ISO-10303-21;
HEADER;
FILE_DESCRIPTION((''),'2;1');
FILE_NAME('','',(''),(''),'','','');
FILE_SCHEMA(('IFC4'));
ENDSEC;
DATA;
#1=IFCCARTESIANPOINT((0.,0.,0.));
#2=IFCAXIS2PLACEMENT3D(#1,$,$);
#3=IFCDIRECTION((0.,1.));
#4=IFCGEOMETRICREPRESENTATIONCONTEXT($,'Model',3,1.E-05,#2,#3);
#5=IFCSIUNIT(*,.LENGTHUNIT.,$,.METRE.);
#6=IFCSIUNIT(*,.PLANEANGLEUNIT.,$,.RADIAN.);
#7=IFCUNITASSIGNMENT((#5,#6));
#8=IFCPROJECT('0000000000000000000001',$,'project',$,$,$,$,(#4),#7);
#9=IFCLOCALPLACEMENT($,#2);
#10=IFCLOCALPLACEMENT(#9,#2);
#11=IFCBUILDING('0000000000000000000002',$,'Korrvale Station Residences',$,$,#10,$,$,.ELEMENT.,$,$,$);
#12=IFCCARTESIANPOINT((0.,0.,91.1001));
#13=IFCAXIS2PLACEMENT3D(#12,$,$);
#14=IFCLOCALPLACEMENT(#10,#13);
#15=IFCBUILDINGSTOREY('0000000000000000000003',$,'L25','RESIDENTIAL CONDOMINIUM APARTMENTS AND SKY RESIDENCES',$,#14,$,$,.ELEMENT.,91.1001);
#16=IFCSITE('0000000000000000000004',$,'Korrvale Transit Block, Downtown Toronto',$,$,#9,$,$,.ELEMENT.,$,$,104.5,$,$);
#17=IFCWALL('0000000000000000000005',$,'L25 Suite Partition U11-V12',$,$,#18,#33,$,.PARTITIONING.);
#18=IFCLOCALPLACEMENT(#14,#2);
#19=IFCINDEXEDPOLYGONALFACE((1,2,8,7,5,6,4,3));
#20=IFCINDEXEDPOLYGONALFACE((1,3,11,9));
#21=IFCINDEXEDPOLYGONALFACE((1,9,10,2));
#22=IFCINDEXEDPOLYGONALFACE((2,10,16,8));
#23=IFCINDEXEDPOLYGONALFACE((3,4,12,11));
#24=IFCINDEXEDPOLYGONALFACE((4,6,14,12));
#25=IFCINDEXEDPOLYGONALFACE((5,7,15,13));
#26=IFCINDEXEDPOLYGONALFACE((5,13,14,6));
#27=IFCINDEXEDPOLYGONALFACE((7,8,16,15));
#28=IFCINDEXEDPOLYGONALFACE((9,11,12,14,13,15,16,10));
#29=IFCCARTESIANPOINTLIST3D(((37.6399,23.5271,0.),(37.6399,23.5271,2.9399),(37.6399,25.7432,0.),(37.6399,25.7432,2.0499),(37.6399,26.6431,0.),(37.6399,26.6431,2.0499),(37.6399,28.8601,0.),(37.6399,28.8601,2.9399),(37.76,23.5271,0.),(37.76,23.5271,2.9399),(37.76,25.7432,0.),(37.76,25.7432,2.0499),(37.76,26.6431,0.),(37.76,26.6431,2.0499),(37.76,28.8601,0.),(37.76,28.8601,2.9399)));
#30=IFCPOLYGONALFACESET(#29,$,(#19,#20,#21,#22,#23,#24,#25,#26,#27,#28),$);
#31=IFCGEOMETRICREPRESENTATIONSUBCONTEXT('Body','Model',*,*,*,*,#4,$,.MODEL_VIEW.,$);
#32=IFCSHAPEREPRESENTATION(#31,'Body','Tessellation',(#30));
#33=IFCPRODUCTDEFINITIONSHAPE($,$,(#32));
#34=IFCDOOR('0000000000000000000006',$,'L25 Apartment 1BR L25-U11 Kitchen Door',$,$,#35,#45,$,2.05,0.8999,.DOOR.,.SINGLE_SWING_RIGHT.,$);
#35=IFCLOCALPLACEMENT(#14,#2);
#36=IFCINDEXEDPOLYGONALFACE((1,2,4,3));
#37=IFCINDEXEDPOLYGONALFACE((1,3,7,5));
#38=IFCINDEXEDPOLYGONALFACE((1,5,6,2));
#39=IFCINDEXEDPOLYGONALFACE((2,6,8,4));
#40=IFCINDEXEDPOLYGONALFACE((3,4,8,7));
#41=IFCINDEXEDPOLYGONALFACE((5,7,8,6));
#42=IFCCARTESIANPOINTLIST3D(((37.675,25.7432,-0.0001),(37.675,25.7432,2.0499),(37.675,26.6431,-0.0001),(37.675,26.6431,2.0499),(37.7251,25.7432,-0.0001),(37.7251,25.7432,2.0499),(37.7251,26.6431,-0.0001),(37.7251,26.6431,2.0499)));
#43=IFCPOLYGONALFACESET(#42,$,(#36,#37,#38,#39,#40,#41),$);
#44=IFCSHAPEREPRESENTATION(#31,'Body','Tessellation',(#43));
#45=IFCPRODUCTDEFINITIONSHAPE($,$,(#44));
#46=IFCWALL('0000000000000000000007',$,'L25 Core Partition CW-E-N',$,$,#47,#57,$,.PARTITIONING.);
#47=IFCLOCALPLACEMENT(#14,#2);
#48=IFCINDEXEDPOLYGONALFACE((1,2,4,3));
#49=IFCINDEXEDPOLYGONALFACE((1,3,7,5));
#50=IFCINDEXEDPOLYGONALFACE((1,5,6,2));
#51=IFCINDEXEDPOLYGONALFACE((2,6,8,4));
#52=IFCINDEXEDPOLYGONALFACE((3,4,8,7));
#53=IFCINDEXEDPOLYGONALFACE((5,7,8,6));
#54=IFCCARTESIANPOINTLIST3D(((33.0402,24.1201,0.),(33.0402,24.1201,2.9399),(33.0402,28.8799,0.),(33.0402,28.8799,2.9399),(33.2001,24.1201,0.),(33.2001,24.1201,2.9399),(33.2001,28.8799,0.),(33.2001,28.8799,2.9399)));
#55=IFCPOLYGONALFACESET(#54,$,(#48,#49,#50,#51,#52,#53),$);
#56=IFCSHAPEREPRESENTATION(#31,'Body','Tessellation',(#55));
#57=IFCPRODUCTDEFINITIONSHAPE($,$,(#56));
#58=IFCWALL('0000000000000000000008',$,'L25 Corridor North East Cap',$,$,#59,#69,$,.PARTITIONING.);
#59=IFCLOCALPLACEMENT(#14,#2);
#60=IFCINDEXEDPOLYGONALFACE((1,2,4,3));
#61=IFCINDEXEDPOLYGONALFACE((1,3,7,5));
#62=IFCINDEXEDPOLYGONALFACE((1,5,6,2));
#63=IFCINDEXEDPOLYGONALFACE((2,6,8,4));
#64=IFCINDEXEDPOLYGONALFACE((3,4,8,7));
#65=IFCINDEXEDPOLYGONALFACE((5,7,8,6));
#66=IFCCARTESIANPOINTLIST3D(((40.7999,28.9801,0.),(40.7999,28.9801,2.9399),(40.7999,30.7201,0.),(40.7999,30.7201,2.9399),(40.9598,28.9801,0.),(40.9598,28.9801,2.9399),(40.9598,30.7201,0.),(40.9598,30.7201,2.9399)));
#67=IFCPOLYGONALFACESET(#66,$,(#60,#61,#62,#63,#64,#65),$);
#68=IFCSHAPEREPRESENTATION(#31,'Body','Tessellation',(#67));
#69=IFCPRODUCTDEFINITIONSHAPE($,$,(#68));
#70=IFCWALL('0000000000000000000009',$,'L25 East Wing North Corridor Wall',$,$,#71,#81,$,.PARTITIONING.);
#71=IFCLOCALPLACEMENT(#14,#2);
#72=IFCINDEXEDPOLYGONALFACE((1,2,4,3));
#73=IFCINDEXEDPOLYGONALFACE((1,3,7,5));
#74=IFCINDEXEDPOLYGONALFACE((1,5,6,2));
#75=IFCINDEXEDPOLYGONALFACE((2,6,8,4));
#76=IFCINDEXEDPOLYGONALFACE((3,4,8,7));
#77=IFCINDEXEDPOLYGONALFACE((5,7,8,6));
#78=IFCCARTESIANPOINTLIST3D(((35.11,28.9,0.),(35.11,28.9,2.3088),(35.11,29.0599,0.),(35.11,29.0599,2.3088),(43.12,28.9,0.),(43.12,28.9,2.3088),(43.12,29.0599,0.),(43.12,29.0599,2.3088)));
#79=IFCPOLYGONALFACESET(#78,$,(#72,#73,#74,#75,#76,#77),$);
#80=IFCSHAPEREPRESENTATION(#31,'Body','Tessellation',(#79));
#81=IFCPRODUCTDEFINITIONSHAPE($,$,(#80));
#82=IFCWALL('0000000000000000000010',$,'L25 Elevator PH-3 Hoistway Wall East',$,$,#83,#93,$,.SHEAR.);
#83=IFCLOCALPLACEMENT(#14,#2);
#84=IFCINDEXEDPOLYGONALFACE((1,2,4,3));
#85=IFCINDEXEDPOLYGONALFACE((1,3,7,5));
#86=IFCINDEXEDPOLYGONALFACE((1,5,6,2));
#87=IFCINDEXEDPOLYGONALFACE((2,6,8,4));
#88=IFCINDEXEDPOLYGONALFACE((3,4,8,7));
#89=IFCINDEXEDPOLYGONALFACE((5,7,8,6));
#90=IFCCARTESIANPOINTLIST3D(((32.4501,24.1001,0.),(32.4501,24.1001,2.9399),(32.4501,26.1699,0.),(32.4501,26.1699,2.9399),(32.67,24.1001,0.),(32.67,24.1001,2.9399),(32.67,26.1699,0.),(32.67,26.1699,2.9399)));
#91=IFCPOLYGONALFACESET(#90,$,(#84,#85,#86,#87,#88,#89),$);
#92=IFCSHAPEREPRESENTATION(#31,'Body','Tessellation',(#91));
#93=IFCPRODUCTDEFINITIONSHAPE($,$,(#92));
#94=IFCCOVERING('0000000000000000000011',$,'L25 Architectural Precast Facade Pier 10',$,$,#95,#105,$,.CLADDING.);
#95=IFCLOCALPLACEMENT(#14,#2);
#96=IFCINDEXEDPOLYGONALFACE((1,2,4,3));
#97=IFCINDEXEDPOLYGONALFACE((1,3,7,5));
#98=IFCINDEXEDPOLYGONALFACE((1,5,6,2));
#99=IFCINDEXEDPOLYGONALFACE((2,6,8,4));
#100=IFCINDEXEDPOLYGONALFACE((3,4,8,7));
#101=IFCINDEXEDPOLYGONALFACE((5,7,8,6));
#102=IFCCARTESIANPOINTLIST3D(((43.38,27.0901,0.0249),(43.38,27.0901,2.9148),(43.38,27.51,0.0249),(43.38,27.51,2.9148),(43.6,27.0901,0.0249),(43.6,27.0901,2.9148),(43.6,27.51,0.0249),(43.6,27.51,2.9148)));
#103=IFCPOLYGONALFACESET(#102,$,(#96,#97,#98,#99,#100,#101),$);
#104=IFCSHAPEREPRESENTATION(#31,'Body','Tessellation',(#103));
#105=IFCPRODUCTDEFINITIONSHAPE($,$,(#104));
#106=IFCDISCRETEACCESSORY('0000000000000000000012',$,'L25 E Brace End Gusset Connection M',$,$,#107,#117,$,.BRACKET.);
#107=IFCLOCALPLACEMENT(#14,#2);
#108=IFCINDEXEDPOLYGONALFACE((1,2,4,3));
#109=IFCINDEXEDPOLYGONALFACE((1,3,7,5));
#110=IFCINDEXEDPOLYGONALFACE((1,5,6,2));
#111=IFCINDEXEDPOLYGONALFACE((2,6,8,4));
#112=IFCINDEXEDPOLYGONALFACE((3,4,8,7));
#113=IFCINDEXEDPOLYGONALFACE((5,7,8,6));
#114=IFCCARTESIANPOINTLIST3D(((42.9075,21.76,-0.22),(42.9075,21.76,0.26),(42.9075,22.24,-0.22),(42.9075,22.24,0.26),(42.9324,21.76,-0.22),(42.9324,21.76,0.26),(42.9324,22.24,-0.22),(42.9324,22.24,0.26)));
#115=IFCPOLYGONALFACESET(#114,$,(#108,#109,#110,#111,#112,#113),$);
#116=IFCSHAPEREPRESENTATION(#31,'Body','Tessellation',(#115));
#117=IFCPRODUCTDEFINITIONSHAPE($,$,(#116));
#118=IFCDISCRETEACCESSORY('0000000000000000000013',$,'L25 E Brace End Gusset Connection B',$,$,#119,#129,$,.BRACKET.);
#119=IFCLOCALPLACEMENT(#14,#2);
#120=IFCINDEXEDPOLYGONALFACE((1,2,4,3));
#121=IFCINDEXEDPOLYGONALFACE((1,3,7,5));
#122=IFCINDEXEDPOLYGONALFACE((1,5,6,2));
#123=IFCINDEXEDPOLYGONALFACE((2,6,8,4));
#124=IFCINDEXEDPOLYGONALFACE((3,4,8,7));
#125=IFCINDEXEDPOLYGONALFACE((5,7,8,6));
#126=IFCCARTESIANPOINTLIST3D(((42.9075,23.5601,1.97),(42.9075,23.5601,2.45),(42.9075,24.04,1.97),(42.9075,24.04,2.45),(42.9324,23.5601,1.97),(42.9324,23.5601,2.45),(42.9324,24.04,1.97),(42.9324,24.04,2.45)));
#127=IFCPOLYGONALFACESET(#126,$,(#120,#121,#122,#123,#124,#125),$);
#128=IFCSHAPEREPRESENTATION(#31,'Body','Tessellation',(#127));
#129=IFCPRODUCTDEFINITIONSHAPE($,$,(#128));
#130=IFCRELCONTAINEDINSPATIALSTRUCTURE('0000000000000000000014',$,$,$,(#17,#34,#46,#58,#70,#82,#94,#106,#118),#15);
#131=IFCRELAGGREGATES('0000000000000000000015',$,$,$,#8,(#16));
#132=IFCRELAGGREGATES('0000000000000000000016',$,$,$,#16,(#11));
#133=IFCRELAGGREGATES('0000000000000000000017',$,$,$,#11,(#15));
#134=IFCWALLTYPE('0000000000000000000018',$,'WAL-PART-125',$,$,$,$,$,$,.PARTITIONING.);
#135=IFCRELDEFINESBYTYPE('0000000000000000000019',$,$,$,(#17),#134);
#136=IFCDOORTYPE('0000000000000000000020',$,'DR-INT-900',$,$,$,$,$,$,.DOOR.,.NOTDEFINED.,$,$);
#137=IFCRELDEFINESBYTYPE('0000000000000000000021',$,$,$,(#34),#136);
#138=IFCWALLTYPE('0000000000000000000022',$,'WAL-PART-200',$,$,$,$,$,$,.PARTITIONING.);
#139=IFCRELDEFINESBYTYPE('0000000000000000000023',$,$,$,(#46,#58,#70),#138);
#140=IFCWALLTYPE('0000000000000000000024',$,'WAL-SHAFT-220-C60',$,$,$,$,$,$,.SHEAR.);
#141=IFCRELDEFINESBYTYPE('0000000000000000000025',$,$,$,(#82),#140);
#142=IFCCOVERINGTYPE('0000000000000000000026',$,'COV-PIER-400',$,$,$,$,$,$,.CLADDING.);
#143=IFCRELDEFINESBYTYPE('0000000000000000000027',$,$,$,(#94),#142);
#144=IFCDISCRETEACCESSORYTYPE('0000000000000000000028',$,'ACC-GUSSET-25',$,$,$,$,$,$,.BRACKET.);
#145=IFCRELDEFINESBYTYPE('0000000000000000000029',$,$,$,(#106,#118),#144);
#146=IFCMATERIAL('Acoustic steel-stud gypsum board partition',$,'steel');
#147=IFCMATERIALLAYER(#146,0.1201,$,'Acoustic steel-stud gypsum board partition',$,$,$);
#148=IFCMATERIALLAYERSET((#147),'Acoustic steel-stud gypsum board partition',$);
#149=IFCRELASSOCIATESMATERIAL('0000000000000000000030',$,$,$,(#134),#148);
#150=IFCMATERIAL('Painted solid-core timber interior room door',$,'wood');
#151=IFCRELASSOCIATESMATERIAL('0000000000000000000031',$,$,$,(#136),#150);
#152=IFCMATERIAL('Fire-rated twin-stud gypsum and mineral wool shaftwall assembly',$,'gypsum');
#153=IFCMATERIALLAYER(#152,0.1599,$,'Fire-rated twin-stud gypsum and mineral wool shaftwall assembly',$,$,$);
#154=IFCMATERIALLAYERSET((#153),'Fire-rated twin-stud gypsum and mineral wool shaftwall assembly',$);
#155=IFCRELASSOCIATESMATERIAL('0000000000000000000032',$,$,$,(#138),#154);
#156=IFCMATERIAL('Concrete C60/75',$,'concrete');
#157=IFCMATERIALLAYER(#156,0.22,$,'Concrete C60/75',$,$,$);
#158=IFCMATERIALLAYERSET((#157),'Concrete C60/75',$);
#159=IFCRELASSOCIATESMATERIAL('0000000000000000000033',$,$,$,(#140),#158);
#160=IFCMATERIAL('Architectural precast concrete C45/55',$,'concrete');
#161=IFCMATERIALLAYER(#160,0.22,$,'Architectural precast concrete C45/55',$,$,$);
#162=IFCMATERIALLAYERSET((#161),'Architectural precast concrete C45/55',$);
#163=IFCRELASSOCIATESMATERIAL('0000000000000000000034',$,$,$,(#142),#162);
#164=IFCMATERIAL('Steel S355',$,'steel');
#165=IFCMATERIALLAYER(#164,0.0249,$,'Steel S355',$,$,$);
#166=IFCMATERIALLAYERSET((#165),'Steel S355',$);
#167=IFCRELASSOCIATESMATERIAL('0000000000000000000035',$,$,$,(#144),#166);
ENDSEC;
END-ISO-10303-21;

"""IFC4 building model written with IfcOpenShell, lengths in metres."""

from ifc_helpers import new_model, si_unit, direction, frame, frame_2d, origin, origin_2d, place, context, subcontext, project, spatial, rectangle, extrude, material, layer, layer_set, type_object, element, fill, save


model = new_model("IFC4")

# Units and contexts
model_context = context("Model", 3, precision=1e-05, world=origin(), true_north=direction((0.0, 1.0)))
body_context = subcontext(model_context, "Body", "Model", "MODEL_VIEW")
ifc_project = project(units=[si_unit("LENGTHUNIT", "METRE"), si_unit("PLANEANGLEUNIT", "RADIAN")], contexts=[model_context])

# Site, building, storey
site_placement = place(None, origin())
site = spatial("IfcSite", under=ifc_project, at=site_placement, Name="Korrvale Transit Block, Downtown Toronto", CompositionType="ELEMENT", RefElevation=104.5)
building_placement = place(site_placement, origin())
building = spatial("IfcBuilding", under=site, at=building_placement, Name="Korrvale Station Residences", CompositionType="ELEMENT")
storey_placement = place(building_placement, frame((0.0, 0.0, 91.1001)))
storey = spatial("IfcBuildingStorey", under=building, at=storey_placement, Name="L25", Description="RESIDENTIAL CONDOMINIUM APARTMENTS AND SKY RESIDENCES", CompositionType="ELEMENT", Elevation=91.1001)

# Shared definitions
ifc_material_1 = material(Name="Concrete C60/75", Category="concrete")

# Shared definitions
ifc_material_2 = material(Name="Steel S355", Category="steel")

# Shared definitions
ifc_material_3 = material(Name="Acoustic steel-stud gypsum board partition", Category="steel")
ifc_layer_1 = layer(ifc_material_3, 0.1201, Name="Acoustic steel-stud gypsum board partition")
ifc_layer_set_1 = layer_set([ifc_layer_1], Name="Acoustic steel-stud gypsum board partition")
wall_type_1 = type_object("IfcWallType", Name="WAL-PART-125", PredefinedType="PARTITIONING", material=ifc_layer_set_1)

# Wall, opening, door
wall_1_placement = place(storey_placement, frame((37.7, 23.5271, 0.0), z_axis=(0.0, 0.0, 1.0), x_axis=(0.0, 1.0, 0.0)))
wall_1 = element("IfcWall", 1, at=wall_1_placement, inside=storey, type_object=wall_type_1, Name="L25 Suite Partition U11-V12", PredefinedType="PARTITIONING", context=body_context, shape_type="SweptSolid", body=[
    extrude(rectangle(XDim=5.333, YDim=0.1201, at=frame_2d((2.6665, 0.0))), origin(), (0.0, 0.0, 1.0), 2.9399),
])
opening_1_placement = place(wall_1_placement, frame((2.2161, 0.0, 0.0)))
opening_1 = element("IfcOpeningElement", 2, at=opening_1_placement, cuts=wall_1, PredefinedType="OPENING", context=body_context, shape_type="SweptSolid", body=[
    extrude(rectangle(XDim=0.8999, YDim=2.05, at=frame_2d((0.45, 1.0249))), frame((0.0, 0.0701, 0.0), z_axis=(0.0, -1.0, 0.0), x_axis=(1.0, 0.0, 0.0)), (0.0, 0.0, 1.0), 0.1401),
])
ifc_material_4 = material(Name="Painted solid-core timber interior room door", Category="wood")
door_type_1 = type_object("IfcDoorType", Name="DR-INT-900", OperationType="NOTDEFINED", PredefinedType="DOOR", material=ifc_material_4)
door_1_placement = place(opening_1_placement, origin())
door_1 = element("IfcDoor", 3, at=door_1_placement, inside=storey, type_object=door_type_1, Name="L25 Apartment 1BR L25-U11 Kitchen Door", OperationType="SINGLE_SWING_RIGHT", OverallHeight=2.05, OverallWidth=0.8999, PredefinedType="DOOR", context=body_context, shape_type="SweptSolid", body=[
    extrude(rectangle(XDim=0.8999, YDim=2.05, at=frame_2d((0.45, 1.0249))), frame((0.0, 0.0249, 0.0), z_axis=(0.0, -1.0, 0.0), x_axis=(1.0, 0.0, 0.0)), (0.0, 0.0, 1.0), 0.05),
])
fill(opening_1, door_1)

# Walls
ifc_material_5 = material(Name="Fire-rated twin-stud gypsum and mineral wool shaftwall assembly", Category="gypsum")
ifc_layer_2 = layer(ifc_material_5, 0.1599, Name="Fire-rated twin-stud gypsum and mineral wool shaftwall assembly")
ifc_layer_set_2 = layer_set([ifc_layer_2], Name="Fire-rated twin-stud gypsum and mineral wool shaftwall assembly")
wall_type_2 = type_object("IfcWallType", Name="WAL-PART-200", PredefinedType="PARTITIONING", material=ifc_layer_set_2)
wall_2_placement = place(storey_placement, frame((33.1201, 24.1201, 0.0), z_axis=(0.0, 0.0, 1.0), x_axis=(0.0, 1.0, 0.0)))
element("IfcWall", 4, at=wall_2_placement, inside=storey, type_object=wall_type_2, Name="L25 Core Partition CW-E-N", PredefinedType="PARTITIONING", context=body_context, shape_type="SweptSolid", body=[
    extrude(rectangle(XDim=4.7598, YDim=0.1599, at=frame_2d((2.3799, 0.0))), origin(), (0.0, 0.0, 1.0), 2.9399),
])
wall_3_placement = place(storey_placement, frame((40.8799, 28.98, 0.0), z_axis=(0.0, 0.0, 1.0), x_axis=(0.0, 1.0, 0.0)))
element("IfcWall", 5, at=wall_3_placement, inside=storey, type_object=wall_type_2, Name="L25 Corridor North East Cap", PredefinedType="PARTITIONING", context=body_context, shape_type="SweptSolid", body=[
    extrude(rectangle(XDim=1.74, YDim=0.1599, at=frame_2d((0.8701, 0.0))), origin(), (0.0, 0.0, 1.0), 2.9399),
])
wall_4_placement = place(storey_placement, frame((35.1101, 28.98, 0.0), z_axis=(0.0, 0.0, 1.0), x_axis=(1.0, 0.0, 0.0)))
element("IfcWall", 6, at=wall_4_placement, inside=storey, type_object=wall_type_2, Name="L25 East Wing North Corridor Wall", PredefinedType="PARTITIONING", context=body_context, shape_type="SweptSolid", body=[
    extrude(rectangle(XDim=8.01, YDim=0.1599, at=frame_2d((4.0049, 0.0))), origin(), (0.0, 0.0, 1.0), 2.3088),
])
ifc_layer_3 = layer(ifc_material_1, 0.22, Name="Concrete C60/75")
ifc_layer_set_3 = layer_set([ifc_layer_3], Name="Concrete C60/75")
wall_type_3 = type_object("IfcWallType", Name="WAL-SHAFT-220-C60", PredefinedType="SHEAR", material=ifc_layer_set_3)
wall_5_placement = place(storey_placement, frame((32.5601, 24.1001, 0.0), z_axis=(0.0, 0.0, 1.0), x_axis=(0.0, 1.0, 0.0)))
element("IfcWall", 7, at=wall_5_placement, inside=storey, type_object=wall_type_3, Name="L25 Elevator PH-3 Hoistway Wall East", PredefinedType="SHEAR", context=body_context, shape_type="SweptSolid", body=[
    extrude(rectangle(XDim=2.0698, YDim=0.22, at=frame_2d((1.0349, 0.0))), origin(), (0.0, 0.0, 1.0), 2.9399),
])

# Covering
ifc_material_6 = material(Name="Architectural precast concrete C45/55", Category="concrete")
ifc_layer_4 = layer(ifc_material_6, 0.22, Name="Architectural precast concrete C45/55")
ifc_layer_set_4 = layer_set([ifc_layer_4], Name="Architectural precast concrete C45/55")
covering_type = type_object("IfcCoveringType", Name="COV-PIER-400", PredefinedType="CLADDING", material=ifc_layer_set_4)
covering_placement = place(storey_placement, frame((43.49, 27.3, 0.0249), z_axis=(0.0, 0.0, 1.0), x_axis=(0.0, 1.0, 0.0)))
element("IfcCovering", 8, at=covering_placement, inside=storey, type_object=covering_type, Name="L25 Architectural Precast Facade Pier 10", PredefinedType="CLADDING", context=body_context, shape_type="SweptSolid", body=[
    extrude(rectangle(XDim=0.4199, YDim=0.22, at=origin_2d()), origin(), (0.0, 0.0, 1.0), 2.8899),
])

# Discrete accessories
ifc_layer_5 = layer(ifc_material_2, 0.0249, Name="Steel S355")
ifc_layer_set_5 = layer_set([ifc_layer_5], Name="Steel S355")
discrete_accessory_type = type_object("IfcDiscreteAccessoryType", Name="ACC-GUSSET-25", PredefinedType="BRACKET", material=ifc_layer_set_5)
for number, where, z_axis, x_axis, name in (
    (9, (42.9199, 22.0, -0.22), (0.0, 0.0, 1.0), (0.0, 1.0, 0.0), "L25 E Brace End Gusset Connection M"),
    (10, (42.9199, 23.8, 1.97), (0.0, 0.0, 1.0), (0.0, 1.0, 0.0), "L25 E Brace End Gusset Connection B"),
):
    element("IfcDiscreteAccessory", number, at=place(storey_placement, frame(where, z_axis=z_axis, x_axis=x_axis)), inside=storey, type_object=discrete_accessory_type, Name=name, PredefinedType="BRACKET", context=body_context, shape_type="SweptSolid", body=[
        extrude(rectangle(XDim=0.48, YDim=0.0249, at=origin_2d()), origin(), (0.0, 0.0, 1.0), 0.48),
    ])

save(model, "model.ifc")
